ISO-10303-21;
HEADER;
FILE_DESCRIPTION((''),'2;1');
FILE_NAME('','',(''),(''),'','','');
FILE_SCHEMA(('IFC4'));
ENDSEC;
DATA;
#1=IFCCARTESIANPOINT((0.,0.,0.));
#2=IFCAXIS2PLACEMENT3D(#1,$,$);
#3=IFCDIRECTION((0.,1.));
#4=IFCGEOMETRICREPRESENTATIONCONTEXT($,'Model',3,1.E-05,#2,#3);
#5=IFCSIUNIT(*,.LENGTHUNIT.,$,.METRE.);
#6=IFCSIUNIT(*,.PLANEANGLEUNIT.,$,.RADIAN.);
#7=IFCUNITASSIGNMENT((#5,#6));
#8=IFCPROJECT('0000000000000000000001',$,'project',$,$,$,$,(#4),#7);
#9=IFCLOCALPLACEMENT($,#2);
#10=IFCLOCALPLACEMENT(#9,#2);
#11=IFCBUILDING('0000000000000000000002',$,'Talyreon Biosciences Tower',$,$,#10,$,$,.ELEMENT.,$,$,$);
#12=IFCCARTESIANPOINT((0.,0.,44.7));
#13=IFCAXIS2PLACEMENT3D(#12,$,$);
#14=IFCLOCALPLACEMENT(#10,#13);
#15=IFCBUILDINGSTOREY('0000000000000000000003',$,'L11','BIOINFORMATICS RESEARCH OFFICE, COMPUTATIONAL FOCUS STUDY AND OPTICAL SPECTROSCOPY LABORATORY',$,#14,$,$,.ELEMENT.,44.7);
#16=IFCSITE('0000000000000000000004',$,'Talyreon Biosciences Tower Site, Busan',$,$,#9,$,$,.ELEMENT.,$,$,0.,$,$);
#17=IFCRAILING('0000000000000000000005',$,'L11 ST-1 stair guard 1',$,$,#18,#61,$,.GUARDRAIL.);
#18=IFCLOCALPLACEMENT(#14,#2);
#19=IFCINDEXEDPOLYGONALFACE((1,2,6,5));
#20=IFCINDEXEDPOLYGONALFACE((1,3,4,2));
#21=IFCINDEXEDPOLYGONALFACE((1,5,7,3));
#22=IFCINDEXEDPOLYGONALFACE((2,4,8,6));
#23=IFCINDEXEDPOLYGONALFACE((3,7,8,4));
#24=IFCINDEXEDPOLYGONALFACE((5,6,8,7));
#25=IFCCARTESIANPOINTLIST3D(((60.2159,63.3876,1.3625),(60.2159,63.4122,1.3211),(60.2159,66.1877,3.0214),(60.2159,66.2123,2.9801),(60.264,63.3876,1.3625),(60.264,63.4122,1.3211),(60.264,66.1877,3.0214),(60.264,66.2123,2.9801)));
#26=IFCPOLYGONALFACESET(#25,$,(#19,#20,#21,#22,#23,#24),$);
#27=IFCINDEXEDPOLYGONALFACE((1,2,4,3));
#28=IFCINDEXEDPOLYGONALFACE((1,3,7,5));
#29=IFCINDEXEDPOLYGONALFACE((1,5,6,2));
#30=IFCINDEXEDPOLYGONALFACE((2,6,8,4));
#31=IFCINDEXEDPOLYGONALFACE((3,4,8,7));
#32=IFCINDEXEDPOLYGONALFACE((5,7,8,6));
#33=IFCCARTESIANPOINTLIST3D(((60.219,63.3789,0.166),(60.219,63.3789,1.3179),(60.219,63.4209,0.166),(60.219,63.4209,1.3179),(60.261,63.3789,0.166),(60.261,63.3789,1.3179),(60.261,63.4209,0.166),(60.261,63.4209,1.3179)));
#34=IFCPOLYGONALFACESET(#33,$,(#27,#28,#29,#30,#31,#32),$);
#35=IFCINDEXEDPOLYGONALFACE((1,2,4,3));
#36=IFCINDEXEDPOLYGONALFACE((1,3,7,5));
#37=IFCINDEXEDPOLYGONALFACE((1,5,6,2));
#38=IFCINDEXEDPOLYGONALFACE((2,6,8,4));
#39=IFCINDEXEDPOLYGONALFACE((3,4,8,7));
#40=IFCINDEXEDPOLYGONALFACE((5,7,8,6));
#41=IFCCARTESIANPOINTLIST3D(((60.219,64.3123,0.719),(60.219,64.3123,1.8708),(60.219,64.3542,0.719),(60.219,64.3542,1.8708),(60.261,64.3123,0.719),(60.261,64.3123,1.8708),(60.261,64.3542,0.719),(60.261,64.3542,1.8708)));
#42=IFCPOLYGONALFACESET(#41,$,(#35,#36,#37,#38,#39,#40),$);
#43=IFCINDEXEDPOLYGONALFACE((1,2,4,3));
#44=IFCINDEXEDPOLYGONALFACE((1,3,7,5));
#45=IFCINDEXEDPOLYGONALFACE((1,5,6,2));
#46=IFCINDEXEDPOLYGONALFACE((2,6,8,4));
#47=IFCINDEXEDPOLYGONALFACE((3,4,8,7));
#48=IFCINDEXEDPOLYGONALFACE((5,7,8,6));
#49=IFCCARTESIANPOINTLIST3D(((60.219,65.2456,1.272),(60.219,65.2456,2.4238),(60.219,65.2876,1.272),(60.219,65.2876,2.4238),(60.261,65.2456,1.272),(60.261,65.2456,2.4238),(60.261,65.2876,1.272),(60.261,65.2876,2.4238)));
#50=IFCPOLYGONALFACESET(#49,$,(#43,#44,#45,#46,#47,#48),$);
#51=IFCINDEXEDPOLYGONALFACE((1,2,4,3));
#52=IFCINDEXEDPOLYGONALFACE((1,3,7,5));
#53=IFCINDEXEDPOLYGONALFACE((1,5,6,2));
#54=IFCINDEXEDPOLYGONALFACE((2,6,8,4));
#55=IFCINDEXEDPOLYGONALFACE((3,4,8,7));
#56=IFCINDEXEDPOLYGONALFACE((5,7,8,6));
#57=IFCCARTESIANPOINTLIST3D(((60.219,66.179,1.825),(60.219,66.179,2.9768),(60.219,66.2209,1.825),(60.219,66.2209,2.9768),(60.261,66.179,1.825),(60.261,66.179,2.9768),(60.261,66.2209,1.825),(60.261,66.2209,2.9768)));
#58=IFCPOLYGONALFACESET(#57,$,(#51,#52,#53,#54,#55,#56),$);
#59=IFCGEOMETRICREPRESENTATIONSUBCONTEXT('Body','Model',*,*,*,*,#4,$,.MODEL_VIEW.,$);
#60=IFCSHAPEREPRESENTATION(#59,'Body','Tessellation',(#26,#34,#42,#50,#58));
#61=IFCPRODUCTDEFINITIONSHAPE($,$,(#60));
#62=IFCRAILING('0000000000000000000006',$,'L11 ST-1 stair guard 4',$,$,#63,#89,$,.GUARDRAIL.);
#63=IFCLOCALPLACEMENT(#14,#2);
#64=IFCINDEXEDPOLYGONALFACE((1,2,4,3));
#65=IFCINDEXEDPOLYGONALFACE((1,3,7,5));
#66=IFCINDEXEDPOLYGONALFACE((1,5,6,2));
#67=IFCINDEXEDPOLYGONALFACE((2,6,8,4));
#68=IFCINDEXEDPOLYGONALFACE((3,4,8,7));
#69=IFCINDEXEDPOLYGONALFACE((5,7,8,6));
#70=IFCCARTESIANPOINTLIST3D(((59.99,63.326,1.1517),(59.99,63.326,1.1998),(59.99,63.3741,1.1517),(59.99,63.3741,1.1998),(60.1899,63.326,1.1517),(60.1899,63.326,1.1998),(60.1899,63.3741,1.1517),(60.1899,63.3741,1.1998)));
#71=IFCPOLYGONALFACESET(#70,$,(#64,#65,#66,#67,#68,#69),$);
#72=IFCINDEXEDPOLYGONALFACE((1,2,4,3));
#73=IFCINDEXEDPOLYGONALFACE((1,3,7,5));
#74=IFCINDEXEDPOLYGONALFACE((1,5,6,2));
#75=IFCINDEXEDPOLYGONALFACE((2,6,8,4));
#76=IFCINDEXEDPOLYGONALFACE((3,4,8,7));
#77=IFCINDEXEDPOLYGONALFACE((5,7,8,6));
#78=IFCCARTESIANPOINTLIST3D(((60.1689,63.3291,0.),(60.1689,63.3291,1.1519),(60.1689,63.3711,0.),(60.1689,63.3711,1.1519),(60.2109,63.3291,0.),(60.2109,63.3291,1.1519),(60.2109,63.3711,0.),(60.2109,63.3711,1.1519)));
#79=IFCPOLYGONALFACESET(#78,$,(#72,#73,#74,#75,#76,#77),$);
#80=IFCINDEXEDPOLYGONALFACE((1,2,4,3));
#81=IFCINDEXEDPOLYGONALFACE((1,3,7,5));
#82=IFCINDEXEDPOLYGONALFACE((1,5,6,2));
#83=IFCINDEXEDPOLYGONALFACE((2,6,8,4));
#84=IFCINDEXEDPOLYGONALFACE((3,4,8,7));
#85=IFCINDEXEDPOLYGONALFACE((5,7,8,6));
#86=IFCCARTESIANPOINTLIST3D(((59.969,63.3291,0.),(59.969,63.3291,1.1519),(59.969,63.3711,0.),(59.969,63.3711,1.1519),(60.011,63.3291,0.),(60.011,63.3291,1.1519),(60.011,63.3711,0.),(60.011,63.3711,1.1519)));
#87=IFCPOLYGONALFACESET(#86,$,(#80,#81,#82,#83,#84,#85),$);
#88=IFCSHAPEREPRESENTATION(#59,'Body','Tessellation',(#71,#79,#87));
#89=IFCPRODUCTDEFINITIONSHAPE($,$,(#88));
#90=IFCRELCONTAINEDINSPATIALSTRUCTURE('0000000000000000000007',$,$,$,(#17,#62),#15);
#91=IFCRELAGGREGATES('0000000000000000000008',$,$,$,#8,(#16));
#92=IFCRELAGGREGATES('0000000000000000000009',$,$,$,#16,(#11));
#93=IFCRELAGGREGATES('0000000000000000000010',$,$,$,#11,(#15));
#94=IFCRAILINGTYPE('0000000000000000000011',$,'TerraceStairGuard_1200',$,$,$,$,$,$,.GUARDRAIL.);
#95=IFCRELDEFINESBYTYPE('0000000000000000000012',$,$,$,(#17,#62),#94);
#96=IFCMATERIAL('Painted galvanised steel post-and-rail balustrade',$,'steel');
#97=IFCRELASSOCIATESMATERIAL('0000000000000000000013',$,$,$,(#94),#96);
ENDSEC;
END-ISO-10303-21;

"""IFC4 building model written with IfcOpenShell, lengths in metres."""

from ifc_helpers import new_model, si_unit, direction, frame, origin, origin_2d, place, context, subcontext, project, spatial, rectangle, extrude, material, type_object, element, save


model = new_model("IFC4")

# Units and contexts
model_context = context("Model", 3, precision=1e-05, world=origin(), true_north=direction((0.0, 1.0)))
body_context = subcontext(model_context, "Body", "Model", "MODEL_VIEW")
ifc_project = project(units=[si_unit("LENGTHUNIT", "METRE"), si_unit("PLANEANGLEUNIT", "RADIAN")], contexts=[model_context])

# Site, building, storey
site_placement = place(None, origin())
site = spatial("IfcSite", under=ifc_project, at=site_placement, Name="Talyreon Biosciences Tower Site, Busan", CompositionType="ELEMENT", RefElevation=0.0)
building_placement = place(site_placement, origin())
building = spatial("IfcBuilding", under=site, at=building_placement, Name="Talyreon Biosciences Tower", CompositionType="ELEMENT")
storey_placement = place(building_placement, frame((0.0, 0.0, 44.7)))
storey = spatial("IfcBuildingStorey", under=building, at=storey_placement, Name="L11", Description="BIOINFORMATICS RESEARCH OFFICE, COMPUTATIONAL FOCUS STUDY AND OPTICAL SPECTROSCOPY LABORATORY", CompositionType="ELEMENT", Elevation=44.7)

# Railings
ifc_material_1 = material(Name="Painted galvanised steel post-and-rail balustrade", Category="steel")
railing_type_1 = type_object("IfcRailingType", Name="TerraceStairGuard_1200", PredefinedType="GUARDRAIL", material=ifc_material_1)
railing_1_placement = place(storey_placement, frame((60.24, 63.3999, 0.166)))
element("IfcRailing", 1, at=railing_1_placement, inside=storey, type_object=railing_type_1, Name="L11 ST-1 stair guard 1", PredefinedType="GUARDRAIL", context=body_context, shape_type="SweptSolid", body=[
    extrude(rectangle(XDim=0.0481, YDim=0.0481, at=origin_2d()), frame((0.0, 0.0, 1.1758), z_axis=(0.0, 0.860339, 0.509722), x_axis=(-1.0, 0.0, 0.0)), (0.0, 0.0, 1.0), 3.2546),
    extrude(rectangle(XDim=0.042, YDim=0.042, at=origin_2d()), origin(), (0.0, 0.0, 1.0), 1.1519),
    extrude(rectangle(XDim=0.042, YDim=0.042, at=origin_2d()), frame((0.0, 0.9333, 0.553)), (0.0, 0.0, 1.0), 1.1519),
    extrude(rectangle(XDim=0.042, YDim=0.042, at=origin_2d()), frame((0.0, 1.8667, 1.106)), (0.0, 0.0, 1.0), 1.1519),
    extrude(rectangle(XDim=0.042, YDim=0.042, at=origin_2d()), frame((0.0, 2.8, 1.6589)), (0.0, 0.0, 1.0), 1.1519),
])
railing_2_placement = place(storey_placement, frame((60.1899, 63.3501, 0.0)))
element("IfcRailing", 2, at=railing_2_placement, inside=storey, type_object=railing_type_1, Name="L11 ST-1 stair guard 4", PredefinedType="GUARDRAIL", context=body_context, shape_type="SweptSolid", body=[
    extrude(rectangle(XDim=0.0481, YDim=0.0481, at=origin_2d()), frame((0.0, 0.0, 1.1758), z_axis=(-1.0, 0.0, 0.0), x_axis=(0.0, -1.0, 0.0)), (0.0, 0.0, 1.0), 0.2),
    extrude(rectangle(XDim=0.042, YDim=0.042, at=origin_2d()), origin(), (0.0, 0.0, 1.0), 1.1519),
    extrude(rectangle(XDim=0.042, YDim=0.042, at=origin_2d()), frame((-0.2, 0.0, 0.0)), (0.0, 0.0, 1.0), 1.1519),
])

save(model, "model.ifc")
